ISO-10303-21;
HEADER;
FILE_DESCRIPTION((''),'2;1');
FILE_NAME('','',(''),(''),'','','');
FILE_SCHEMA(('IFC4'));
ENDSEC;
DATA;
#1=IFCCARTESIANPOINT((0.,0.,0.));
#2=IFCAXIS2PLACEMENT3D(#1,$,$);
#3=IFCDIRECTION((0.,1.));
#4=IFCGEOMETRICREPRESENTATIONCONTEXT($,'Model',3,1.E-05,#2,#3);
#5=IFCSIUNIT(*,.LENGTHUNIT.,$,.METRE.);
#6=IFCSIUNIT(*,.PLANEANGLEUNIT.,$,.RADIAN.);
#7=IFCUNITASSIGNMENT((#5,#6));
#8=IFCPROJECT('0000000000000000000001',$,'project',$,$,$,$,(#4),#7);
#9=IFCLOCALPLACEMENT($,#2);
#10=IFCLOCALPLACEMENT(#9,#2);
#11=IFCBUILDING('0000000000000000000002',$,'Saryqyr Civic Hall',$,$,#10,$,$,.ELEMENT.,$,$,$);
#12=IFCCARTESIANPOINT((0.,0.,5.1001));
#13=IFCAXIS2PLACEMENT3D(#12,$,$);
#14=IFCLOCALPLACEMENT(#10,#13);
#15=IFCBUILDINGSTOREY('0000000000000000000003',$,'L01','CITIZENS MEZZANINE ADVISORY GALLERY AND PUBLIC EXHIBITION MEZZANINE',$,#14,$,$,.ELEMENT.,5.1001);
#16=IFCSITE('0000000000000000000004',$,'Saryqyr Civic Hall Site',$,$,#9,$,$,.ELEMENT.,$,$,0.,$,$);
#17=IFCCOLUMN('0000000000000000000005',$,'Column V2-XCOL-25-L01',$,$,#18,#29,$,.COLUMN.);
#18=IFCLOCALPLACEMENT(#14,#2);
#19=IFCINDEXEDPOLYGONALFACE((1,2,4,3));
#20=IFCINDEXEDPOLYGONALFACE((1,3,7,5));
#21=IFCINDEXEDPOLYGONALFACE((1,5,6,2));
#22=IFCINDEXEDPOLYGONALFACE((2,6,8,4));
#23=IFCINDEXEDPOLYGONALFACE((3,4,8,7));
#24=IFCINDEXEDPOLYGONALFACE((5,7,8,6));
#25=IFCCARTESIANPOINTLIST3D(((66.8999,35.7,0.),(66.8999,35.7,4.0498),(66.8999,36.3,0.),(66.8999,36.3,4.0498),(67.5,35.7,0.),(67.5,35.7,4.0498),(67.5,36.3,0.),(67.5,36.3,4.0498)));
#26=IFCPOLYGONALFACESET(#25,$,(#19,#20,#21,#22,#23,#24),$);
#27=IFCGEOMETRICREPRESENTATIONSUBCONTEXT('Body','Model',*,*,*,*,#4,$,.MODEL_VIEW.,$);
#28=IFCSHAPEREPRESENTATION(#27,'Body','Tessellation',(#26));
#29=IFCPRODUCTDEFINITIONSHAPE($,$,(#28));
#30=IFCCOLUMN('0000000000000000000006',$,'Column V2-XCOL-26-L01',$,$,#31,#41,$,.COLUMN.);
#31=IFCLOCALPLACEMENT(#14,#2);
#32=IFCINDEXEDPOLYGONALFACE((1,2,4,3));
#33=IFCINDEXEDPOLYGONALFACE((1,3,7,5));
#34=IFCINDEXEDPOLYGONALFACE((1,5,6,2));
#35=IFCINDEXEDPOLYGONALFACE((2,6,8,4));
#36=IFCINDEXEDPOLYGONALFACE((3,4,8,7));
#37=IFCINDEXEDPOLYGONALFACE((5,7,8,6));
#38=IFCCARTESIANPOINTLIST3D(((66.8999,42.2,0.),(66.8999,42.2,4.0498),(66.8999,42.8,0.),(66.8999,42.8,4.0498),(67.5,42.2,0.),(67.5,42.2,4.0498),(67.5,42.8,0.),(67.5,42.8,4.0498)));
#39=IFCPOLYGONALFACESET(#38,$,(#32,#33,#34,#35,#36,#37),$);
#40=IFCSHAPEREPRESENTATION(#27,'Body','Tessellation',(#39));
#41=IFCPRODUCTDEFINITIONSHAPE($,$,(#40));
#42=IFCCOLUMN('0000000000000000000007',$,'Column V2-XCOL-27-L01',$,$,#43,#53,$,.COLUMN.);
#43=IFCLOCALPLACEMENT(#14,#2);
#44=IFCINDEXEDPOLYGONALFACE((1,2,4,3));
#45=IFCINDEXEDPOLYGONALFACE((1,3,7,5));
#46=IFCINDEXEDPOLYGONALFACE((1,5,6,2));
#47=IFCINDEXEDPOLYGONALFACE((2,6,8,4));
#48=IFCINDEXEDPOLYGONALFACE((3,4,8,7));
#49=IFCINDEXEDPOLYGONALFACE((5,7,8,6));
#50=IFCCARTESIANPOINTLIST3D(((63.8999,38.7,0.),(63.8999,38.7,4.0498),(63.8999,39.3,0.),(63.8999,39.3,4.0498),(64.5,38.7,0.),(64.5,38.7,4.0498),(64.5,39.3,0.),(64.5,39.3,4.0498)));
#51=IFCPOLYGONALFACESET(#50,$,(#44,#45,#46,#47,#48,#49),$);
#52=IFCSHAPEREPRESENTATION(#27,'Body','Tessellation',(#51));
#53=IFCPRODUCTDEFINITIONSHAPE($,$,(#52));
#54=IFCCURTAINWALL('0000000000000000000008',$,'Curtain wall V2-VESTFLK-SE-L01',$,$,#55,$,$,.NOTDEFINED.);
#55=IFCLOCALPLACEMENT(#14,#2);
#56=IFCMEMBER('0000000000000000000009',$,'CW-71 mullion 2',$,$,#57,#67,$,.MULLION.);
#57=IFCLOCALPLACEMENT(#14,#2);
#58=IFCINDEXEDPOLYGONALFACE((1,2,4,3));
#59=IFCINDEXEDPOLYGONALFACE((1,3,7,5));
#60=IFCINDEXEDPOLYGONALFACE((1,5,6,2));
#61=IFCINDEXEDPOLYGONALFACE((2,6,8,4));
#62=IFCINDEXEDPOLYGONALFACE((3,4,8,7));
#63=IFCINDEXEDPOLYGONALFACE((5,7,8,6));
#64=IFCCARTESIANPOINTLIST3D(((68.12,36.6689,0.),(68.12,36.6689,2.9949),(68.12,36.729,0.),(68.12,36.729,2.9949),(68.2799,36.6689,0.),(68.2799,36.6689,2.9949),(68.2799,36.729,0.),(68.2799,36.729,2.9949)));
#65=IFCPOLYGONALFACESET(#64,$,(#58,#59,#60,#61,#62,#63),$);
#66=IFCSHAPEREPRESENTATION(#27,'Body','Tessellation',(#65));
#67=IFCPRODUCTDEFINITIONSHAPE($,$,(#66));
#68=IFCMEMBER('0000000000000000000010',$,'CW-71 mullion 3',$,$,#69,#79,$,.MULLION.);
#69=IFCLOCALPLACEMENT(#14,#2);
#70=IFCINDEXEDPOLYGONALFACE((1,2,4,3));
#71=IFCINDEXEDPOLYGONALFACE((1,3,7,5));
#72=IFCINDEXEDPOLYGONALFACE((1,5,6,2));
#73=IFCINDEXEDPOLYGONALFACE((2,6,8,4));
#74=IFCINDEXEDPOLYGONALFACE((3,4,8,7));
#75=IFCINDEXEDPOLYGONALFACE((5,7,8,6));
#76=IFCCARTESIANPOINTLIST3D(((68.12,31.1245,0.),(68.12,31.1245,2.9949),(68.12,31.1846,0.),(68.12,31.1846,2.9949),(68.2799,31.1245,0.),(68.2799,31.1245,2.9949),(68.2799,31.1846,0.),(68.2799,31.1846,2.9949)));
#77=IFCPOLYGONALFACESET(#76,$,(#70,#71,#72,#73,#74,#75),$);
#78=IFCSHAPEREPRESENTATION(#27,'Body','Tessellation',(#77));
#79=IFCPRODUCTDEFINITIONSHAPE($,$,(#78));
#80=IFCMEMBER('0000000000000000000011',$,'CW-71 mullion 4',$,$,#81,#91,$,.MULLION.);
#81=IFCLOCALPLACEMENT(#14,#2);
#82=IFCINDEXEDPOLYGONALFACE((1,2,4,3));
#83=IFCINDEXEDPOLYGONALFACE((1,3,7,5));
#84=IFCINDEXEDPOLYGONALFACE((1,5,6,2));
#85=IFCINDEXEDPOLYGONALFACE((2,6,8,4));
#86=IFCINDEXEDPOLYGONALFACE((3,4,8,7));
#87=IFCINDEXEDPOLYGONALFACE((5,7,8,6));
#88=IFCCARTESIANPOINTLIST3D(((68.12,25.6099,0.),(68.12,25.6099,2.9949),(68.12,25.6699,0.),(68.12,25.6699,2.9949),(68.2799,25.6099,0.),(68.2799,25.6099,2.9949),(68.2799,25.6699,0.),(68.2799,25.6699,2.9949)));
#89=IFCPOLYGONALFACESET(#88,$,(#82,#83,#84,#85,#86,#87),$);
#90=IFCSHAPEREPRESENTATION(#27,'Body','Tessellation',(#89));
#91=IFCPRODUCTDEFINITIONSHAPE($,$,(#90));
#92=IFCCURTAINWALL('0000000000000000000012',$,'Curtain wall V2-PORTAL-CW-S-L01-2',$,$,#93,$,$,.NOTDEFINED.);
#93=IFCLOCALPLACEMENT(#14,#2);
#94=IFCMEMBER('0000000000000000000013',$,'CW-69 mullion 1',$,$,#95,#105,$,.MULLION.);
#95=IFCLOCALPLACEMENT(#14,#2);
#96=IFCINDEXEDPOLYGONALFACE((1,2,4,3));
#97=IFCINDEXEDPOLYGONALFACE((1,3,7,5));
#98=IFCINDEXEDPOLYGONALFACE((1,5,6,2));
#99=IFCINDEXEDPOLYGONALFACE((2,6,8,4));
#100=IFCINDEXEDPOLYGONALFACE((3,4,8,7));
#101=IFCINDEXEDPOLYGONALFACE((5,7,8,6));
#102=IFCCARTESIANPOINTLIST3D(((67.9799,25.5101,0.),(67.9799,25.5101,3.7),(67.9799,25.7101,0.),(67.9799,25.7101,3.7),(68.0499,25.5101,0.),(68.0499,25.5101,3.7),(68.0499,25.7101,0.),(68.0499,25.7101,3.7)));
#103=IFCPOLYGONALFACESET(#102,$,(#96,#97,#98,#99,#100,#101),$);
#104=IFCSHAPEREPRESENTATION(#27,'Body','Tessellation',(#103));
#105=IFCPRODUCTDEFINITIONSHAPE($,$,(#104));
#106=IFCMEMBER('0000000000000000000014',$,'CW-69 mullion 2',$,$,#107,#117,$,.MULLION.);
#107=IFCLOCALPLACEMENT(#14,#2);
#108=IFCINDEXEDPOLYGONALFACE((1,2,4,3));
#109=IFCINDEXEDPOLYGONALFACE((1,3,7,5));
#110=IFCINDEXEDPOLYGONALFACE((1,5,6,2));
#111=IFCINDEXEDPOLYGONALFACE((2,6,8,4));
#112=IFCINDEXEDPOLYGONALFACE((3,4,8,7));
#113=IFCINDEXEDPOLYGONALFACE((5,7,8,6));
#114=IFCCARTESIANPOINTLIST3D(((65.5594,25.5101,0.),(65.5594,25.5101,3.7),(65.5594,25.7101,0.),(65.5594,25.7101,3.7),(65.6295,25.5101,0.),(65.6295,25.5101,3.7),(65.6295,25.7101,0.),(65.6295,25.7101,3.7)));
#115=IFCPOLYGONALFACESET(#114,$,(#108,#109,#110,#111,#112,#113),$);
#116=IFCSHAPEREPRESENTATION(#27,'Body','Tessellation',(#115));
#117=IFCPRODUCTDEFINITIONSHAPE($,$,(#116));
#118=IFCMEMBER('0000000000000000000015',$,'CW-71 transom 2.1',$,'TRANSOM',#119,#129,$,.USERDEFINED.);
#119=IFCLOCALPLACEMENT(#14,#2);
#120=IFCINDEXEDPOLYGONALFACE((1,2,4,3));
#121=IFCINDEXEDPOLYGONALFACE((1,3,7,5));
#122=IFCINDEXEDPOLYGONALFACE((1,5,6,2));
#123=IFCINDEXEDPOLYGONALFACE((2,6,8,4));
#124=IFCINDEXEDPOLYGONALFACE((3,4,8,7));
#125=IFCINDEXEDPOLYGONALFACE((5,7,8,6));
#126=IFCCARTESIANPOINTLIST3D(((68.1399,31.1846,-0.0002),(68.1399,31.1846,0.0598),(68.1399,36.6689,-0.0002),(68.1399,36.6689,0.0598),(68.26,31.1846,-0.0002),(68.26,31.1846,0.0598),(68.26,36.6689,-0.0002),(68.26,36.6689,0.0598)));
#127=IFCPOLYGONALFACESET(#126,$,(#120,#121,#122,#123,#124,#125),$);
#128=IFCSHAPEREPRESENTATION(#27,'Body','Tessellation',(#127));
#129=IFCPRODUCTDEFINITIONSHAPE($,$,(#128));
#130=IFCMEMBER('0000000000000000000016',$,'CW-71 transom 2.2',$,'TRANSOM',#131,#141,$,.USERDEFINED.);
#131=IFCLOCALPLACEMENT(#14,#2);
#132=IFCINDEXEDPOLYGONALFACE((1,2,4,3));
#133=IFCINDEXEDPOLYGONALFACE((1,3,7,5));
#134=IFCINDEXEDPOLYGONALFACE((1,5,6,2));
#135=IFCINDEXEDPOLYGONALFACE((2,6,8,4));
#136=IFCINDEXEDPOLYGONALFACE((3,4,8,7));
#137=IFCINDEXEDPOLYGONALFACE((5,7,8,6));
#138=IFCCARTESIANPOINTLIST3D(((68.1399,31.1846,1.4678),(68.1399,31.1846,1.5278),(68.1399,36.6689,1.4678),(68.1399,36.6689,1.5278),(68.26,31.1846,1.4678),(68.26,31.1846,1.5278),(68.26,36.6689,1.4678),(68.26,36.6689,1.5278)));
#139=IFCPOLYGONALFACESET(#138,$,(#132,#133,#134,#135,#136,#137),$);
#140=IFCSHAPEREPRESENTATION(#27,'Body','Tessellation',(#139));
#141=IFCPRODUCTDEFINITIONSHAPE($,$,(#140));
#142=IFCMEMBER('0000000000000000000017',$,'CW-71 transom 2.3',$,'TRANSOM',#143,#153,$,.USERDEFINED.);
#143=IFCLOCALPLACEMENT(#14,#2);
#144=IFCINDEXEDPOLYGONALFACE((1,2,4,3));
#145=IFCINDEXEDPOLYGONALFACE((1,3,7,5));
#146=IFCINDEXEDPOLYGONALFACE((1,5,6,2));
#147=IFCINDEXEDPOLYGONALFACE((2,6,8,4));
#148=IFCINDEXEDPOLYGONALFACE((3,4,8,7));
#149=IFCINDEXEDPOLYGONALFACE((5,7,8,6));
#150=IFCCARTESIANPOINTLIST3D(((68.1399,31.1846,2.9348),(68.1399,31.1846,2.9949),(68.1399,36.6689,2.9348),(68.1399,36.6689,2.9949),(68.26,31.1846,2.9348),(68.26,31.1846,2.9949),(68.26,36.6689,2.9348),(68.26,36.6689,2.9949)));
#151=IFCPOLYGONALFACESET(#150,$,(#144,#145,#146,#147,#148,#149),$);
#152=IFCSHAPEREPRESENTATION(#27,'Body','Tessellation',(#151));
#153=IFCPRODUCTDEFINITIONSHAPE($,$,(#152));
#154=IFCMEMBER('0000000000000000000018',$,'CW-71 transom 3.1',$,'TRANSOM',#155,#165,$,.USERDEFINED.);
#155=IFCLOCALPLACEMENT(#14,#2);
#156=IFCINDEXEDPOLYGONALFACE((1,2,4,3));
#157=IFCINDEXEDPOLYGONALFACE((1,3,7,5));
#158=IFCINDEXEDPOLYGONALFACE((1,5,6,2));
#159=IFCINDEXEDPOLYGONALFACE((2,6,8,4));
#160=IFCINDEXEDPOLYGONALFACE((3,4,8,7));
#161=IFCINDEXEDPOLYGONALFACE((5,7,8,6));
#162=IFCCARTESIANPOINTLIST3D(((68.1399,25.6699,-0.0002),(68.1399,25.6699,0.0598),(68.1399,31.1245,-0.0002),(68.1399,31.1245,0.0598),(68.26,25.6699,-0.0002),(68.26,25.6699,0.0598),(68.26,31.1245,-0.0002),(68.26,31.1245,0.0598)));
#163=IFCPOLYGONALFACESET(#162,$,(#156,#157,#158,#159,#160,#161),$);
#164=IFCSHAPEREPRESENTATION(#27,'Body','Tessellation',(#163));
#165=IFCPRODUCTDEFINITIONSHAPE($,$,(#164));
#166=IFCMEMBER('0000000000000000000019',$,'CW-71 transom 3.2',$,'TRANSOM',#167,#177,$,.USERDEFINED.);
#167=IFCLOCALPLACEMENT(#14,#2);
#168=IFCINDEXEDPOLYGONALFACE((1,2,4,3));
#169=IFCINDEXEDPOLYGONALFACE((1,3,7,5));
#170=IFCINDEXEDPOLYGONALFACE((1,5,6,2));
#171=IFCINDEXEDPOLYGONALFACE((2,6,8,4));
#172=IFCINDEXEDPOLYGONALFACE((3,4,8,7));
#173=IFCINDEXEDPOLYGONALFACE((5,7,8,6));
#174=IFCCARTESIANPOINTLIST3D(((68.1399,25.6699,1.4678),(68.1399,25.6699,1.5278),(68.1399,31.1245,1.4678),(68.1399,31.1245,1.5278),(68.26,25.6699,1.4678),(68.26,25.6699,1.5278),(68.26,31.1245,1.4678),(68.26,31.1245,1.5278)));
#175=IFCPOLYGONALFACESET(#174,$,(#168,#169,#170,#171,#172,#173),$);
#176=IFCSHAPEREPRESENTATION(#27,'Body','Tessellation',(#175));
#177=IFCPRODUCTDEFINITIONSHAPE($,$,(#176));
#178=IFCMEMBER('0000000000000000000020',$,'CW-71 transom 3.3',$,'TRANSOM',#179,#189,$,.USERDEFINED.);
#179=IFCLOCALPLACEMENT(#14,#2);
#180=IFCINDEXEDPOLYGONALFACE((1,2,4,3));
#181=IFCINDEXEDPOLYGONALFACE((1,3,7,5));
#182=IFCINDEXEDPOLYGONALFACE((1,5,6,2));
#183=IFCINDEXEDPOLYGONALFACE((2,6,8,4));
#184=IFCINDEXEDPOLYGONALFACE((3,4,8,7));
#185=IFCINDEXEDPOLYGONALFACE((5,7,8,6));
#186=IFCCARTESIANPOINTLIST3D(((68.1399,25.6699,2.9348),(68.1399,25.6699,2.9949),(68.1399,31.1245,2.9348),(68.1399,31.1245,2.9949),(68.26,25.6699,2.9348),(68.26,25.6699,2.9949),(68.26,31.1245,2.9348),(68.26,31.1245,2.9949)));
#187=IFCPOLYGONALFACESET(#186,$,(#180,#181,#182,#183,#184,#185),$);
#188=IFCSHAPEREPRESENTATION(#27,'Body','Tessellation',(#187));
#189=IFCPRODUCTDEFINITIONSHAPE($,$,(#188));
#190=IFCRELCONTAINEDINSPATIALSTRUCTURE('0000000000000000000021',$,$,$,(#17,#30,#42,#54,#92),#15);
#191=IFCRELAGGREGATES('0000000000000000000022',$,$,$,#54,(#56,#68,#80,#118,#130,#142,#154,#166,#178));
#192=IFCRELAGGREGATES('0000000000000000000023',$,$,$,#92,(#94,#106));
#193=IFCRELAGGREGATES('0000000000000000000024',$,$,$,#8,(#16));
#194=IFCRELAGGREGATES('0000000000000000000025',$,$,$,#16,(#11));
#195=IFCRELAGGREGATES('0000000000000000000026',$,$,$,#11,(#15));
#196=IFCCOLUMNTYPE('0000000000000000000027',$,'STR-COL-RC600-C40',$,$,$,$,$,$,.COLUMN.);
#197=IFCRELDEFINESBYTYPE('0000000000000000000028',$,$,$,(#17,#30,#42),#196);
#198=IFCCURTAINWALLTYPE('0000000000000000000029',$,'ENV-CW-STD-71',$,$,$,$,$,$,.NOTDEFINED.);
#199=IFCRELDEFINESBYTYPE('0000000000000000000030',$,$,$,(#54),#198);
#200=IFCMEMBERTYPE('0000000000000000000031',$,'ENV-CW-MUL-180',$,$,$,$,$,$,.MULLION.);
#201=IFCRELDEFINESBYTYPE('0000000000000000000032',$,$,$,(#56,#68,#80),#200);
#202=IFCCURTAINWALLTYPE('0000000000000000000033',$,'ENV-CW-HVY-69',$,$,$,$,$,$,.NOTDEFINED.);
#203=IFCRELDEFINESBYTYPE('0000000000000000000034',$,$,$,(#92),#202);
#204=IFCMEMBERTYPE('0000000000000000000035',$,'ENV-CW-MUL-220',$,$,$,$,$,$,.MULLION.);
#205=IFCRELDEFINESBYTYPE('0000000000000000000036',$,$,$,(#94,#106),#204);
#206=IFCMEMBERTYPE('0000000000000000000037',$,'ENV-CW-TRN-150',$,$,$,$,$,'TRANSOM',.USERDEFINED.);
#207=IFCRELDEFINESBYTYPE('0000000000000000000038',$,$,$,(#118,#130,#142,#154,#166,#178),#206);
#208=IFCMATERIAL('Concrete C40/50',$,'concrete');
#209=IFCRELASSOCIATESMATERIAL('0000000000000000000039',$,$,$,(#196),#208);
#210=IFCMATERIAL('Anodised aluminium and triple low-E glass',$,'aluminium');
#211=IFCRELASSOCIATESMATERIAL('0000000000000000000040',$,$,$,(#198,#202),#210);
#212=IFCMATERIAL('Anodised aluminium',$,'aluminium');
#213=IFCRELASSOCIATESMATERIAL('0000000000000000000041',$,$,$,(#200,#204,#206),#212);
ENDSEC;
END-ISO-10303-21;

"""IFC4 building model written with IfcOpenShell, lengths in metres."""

from ifc_helpers import new_model, si_unit, direction, frame, origin, origin_2d, place, context, subcontext, project, spatial, rectangle, extrude, material, material_profile, profile_set, type_object, element, aggregate, save


model = new_model("IFC4")

# Units and contexts
model_context = context("Model", 3, precision=1e-05, world=origin(), true_north=direction((0.0, 1.0)))
body_context = subcontext(model_context, "Body", "Model", "MODEL_VIEW")
ifc_project = project(units=[si_unit("LENGTHUNIT", "METRE"), si_unit("PLANEANGLEUNIT", "RADIAN")], contexts=[model_context])

# Site, building, storey
site_placement = place(None, origin())
site = spatial("IfcSite", under=ifc_project, at=site_placement, Name="Saryqyr Civic Hall Site", CompositionType="ELEMENT", RefElevation=0.0)
building_placement = place(site_placement, origin())
building = spatial("IfcBuilding", under=site, at=building_placement, Name="Saryqyr Civic Hall", CompositionType="ELEMENT")
storey_placement = place(building_placement, frame((0.0, 0.0, 5.1001)))
storey = spatial("IfcBuildingStorey", under=building, at=storey_placement, Name="L01", Description="CITIZENS MEZZANINE ADVISORY GALLERY AND PUBLIC EXHIBITION MEZZANINE", CompositionType="ELEMENT", Elevation=5.1001)

# Columns
ifc_material_1 = material(Name="Concrete C40/50", Category="concrete")
ifc_material_profile_1 = material_profile(ifc_material_1, rectangle(XDim=0.6001, YDim=0.6001, at=origin_2d()), Name="RC 600x600")
ifc_profile_set_1 = profile_set([ifc_material_profile_1], Name="Concrete C40/50")
column_type_1 = type_object("IfcColumnType", Name="STR-COL-RC600-C40", PredefinedType="COLUMN", material=ifc_profile_set_1)
for number, where, z_axis, x_axis, name in (
    (1, (67.2, 36.0, 0.0), (0.0, 0.0, 1.0), (1.0, 0.0, 0.0), "Column V2-XCOL-25-L01"),
    (2, (67.2, 42.5, 0.0), (0.0, 0.0, 1.0), (1.0, 0.0, 0.0), "Column V2-XCOL-26-L01"),
    (3, (64.2, 39.0, 0.0), (0.0, 0.0, 1.0), (1.0, 0.0, 0.0), "Column V2-XCOL-27-L01"),
):
    element("IfcColumn", number, at=place(storey_placement, frame(where, z_axis=z_axis, x_axis=x_axis)), inside=storey, type_object=column_type_1, Name=name, PredefinedType="COLUMN", context=body_context, shape_type="SweptSolid", body=[
        extrude(rectangle(XDim=0.6001, YDim=0.6001, at=origin_2d()), origin(), (0.0, 0.0, 1.0), 4.0498),
    ])

# Curtain walls, members
ifc_material_2 = material(Name="Anodised aluminium and triple low-E glass", Category="aluminium")
curtain_wall_type_1 = type_object("IfcCurtainWallType", Name="ENV-CW-STD-71", PredefinedType="NOTDEFINED", material=ifc_material_2)
curtain_wall_1_placement = place(storey_placement, origin())
curtain_wall_1 = element("IfcCurtainWall", 4, at=curtain_wall_1_placement, inside=storey, type_object=curtain_wall_type_1, Name="Curtain wall V2-VESTFLK-SE-L01", PredefinedType="NOTDEFINED")
ifc_material_3 = material(Name="Anodised aluminium", Category="aluminium")
ifc_material_profile_2 = material_profile(ifc_material_3, rectangle(XDim=0.0601, YDim=0.1599, at=origin_2d()), Name="ALU MULLION 60x160")
ifc_profile_set_2 = profile_set([ifc_material_profile_2], Name="Anodised aluminium")
member_type_1 = type_object("IfcMemberType", Name="ENV-CW-MUL-180", PredefinedType="MULLION", material=ifc_profile_set_2)
member_1_placement = place(storey_placement, frame((68.2, 36.699, 0.0), z_axis=(0.0, 0.0, 1.0), x_axis=(0.0, -1.0, 0.0)))
member_1 = element("IfcMember", 5, at=member_1_placement, type_object=member_type_1, Name="CW-71 mullion 2", PredefinedType="MULLION", context=body_context, shape_type="SweptSolid", body=[
    extrude(rectangle(XDim=0.0601, YDim=0.1599, at=origin_2d()), origin(), (0.0, 0.0, 1.0), 2.9949),
])
member_2_placement = place(storey_placement, frame((68.2, 31.1545, 0.0), z_axis=(0.0, 0.0, 1.0), x_axis=(0.0, -1.0, 0.0)))
member_2 = element("IfcMember", 6, at=member_2_placement, type_object=member_type_1, Name="CW-71 mullion 3", PredefinedType="MULLION", context=body_context, shape_type="SweptSolid", body=[
    extrude(rectangle(XDim=0.0601, YDim=0.1599, at=origin_2d()), origin(), (0.0, 0.0, 1.0), 2.9949),
])
member_3_placement = place(storey_placement, frame((68.2, 25.6399, 0.0), z_axis=(0.0, 0.0, 1.0), x_axis=(0.0, -1.0, 0.0)))
member_3 = element("IfcMember", 7, at=member_3_placement, type_object=member_type_1, Name="CW-71 mullion 4", PredefinedType="MULLION", context=body_context, shape_type="SweptSolid", body=[
    extrude(rectangle(XDim=0.0601, YDim=0.1599, at=origin_2d()), origin(), (0.0, 0.0, 1.0), 2.9949),
])
curtain_wall_type_2 = type_object("IfcCurtainWallType", Name="ENV-CW-HVY-69", PredefinedType="NOTDEFINED", material=ifc_material_2)
curtain_wall_2_placement = place(storey_placement, origin())
curtain_wall_2 = element("IfcCurtainWall", 8, at=curtain_wall_2_placement, inside=storey, type_object=curtain_wall_type_2, Name="Curtain wall V2-PORTAL-CW-S-L01-2", PredefinedType="NOTDEFINED")
ifc_material_profile_3 = material_profile(ifc_material_3, rectangle(XDim=0.0701, YDim=0.2, at=origin_2d()), Name="ALU MULLION 70x200")
ifc_profile_set_3 = profile_set([ifc_material_profile_3], Name="Anodised aluminium")
member_type_2 = type_object("IfcMemberType", Name="ENV-CW-MUL-220", PredefinedType="MULLION", material=ifc_profile_set_3)
member_4_placement = place(storey_placement, frame((68.0149, 25.6101, 0.0), z_axis=(0.0, 0.0, 1.0), x_axis=(-1.0, 0.0, 0.0)))
member_4 = element("IfcMember", 9, at=member_4_placement, type_object=member_type_2, Name="CW-69 mullion 1", PredefinedType="MULLION", context=body_context, shape_type="SweptSolid", body=[
    extrude(rectangle(XDim=0.0701, YDim=0.2, at=origin_2d()), origin(), (0.0, 0.0, 1.0), 3.7),
])
member_5_placement = place(storey_placement, frame((65.5945, 25.6101, 0.0), z_axis=(0.0, 0.0, 1.0), x_axis=(-1.0, 0.0, 0.0)))
member_5 = element("IfcMember", 10, at=member_5_placement, type_object=member_type_2, Name="CW-69 mullion 2", PredefinedType="MULLION", context=body_context, shape_type="SweptSolid", body=[
    extrude(rectangle(XDim=0.0701, YDim=0.2, at=origin_2d()), origin(), (0.0, 0.0, 1.0), 3.7),
])

# Members
ifc_material_profile_4 = material_profile(ifc_material_3, rectangle(XDim=0.1201, YDim=0.0601, at=origin_2d()), Name="ALU TRANSOM 120x60")
ifc_profile_set_4 = profile_set([ifc_material_profile_4], Name="Anodised aluminium")
member_type_3 = type_object("IfcMemberType", Name="ENV-CW-TRN-150", ElementType="TRANSOM", PredefinedType="USERDEFINED", material=ifc_profile_set_4)
member_6_placement = place(storey_placement, frame((68.2, 36.6689, 0.0298), z_axis=(0.0, -1.0, 0.0), x_axis=(1.0, 0.0, 0.0)))
member_6 = element("IfcMember", 11, at=member_6_placement, type_object=member_type_3, Name="CW-71 transom 2.1", ObjectType="TRANSOM", PredefinedType="USERDEFINED", context=body_context, shape_type="SweptSolid", body=[
    extrude(rectangle(XDim=0.1201, YDim=0.0601, at=origin_2d()), origin(), (0.0, 0.0, 1.0), 5.4844),
])
member_7_placement = place(storey_placement, frame((68.2, 36.6689, 1.4978), z_axis=(0.0, -1.0, 0.0), x_axis=(1.0, 0.0, 0.0)))
member_7 = element("IfcMember", 12, at=member_7_placement, type_object=member_type_3, Name="CW-71 transom 2.2", ObjectType="TRANSOM", PredefinedType="USERDEFINED", context=body_context, shape_type="SweptSolid", body=[
    extrude(rectangle(XDim=0.1201, YDim=0.0601, at=origin_2d()), origin(), (0.0, 0.0, 1.0), 5.4844),
])
member_8_placement = place(storey_placement, frame((68.2, 36.6689, 2.9648), z_axis=(0.0, -1.0, 0.0), x_axis=(1.0, 0.0, 0.0)))
member_8 = element("IfcMember", 13, at=member_8_placement, type_object=member_type_3, Name="CW-71 transom 2.3", ObjectType="TRANSOM", PredefinedType="USERDEFINED", context=body_context, shape_type="SweptSolid", body=[
    extrude(rectangle(XDim=0.1201, YDim=0.0601, at=origin_2d()), origin(), (0.0, 0.0, 1.0), 5.4844),
])
member_9_placement = place(storey_placement, frame((68.2, 31.1245, 0.0298), z_axis=(0.0, -1.0, 0.0), x_axis=(1.0, 0.0, 0.0)))
member_9 = element("IfcMember", 14, at=member_9_placement, type_object=member_type_3, Name="CW-71 transom 3.1", ObjectType="TRANSOM", PredefinedType="USERDEFINED", context=body_context, shape_type="SweptSolid", body=[
    extrude(rectangle(XDim=0.1201, YDim=0.0601, at=origin_2d()), origin(), (0.0, 0.0, 1.0), 5.4546),
])
member_10_placement = place(storey_placement, frame((68.2, 31.1245, 1.4978), z_axis=(0.0, -1.0, 0.0), x_axis=(1.0, 0.0, 0.0)))
member_10 = element("IfcMember", 15, at=member_10_placement, type_object=member_type_3, Name="CW-71 transom 3.2", ObjectType="TRANSOM", PredefinedType="USERDEFINED", context=body_context, shape_type="SweptSolid", body=[
    extrude(rectangle(XDim=0.1201, YDim=0.0601, at=origin_2d()), origin(), (0.0, 0.0, 1.0), 5.4546),
])
member_11_placement = place(storey_placement, frame((68.2, 31.1245, 2.9648), z_axis=(0.0, -1.0, 0.0), x_axis=(1.0, 0.0, 0.0)))
member_11 = element("IfcMember", 16, at=member_11_placement, type_object=member_type_3, Name="CW-71 transom 3.3", ObjectType="TRANSOM", PredefinedType="USERDEFINED", context=body_context, shape_type="SweptSolid", body=[
    extrude(rectangle(XDim=0.1201, YDim=0.0601, at=origin_2d()), origin(), (0.0, 0.0, 1.0), 5.4546),
])

aggregate(curtain_wall_1, [member_1, member_2, member_3, member_6, member_7, member_8, member_9, member_10, member_11])
aggregate(curtain_wall_2, [member_4, member_5])

save(model, "model.ifc")
